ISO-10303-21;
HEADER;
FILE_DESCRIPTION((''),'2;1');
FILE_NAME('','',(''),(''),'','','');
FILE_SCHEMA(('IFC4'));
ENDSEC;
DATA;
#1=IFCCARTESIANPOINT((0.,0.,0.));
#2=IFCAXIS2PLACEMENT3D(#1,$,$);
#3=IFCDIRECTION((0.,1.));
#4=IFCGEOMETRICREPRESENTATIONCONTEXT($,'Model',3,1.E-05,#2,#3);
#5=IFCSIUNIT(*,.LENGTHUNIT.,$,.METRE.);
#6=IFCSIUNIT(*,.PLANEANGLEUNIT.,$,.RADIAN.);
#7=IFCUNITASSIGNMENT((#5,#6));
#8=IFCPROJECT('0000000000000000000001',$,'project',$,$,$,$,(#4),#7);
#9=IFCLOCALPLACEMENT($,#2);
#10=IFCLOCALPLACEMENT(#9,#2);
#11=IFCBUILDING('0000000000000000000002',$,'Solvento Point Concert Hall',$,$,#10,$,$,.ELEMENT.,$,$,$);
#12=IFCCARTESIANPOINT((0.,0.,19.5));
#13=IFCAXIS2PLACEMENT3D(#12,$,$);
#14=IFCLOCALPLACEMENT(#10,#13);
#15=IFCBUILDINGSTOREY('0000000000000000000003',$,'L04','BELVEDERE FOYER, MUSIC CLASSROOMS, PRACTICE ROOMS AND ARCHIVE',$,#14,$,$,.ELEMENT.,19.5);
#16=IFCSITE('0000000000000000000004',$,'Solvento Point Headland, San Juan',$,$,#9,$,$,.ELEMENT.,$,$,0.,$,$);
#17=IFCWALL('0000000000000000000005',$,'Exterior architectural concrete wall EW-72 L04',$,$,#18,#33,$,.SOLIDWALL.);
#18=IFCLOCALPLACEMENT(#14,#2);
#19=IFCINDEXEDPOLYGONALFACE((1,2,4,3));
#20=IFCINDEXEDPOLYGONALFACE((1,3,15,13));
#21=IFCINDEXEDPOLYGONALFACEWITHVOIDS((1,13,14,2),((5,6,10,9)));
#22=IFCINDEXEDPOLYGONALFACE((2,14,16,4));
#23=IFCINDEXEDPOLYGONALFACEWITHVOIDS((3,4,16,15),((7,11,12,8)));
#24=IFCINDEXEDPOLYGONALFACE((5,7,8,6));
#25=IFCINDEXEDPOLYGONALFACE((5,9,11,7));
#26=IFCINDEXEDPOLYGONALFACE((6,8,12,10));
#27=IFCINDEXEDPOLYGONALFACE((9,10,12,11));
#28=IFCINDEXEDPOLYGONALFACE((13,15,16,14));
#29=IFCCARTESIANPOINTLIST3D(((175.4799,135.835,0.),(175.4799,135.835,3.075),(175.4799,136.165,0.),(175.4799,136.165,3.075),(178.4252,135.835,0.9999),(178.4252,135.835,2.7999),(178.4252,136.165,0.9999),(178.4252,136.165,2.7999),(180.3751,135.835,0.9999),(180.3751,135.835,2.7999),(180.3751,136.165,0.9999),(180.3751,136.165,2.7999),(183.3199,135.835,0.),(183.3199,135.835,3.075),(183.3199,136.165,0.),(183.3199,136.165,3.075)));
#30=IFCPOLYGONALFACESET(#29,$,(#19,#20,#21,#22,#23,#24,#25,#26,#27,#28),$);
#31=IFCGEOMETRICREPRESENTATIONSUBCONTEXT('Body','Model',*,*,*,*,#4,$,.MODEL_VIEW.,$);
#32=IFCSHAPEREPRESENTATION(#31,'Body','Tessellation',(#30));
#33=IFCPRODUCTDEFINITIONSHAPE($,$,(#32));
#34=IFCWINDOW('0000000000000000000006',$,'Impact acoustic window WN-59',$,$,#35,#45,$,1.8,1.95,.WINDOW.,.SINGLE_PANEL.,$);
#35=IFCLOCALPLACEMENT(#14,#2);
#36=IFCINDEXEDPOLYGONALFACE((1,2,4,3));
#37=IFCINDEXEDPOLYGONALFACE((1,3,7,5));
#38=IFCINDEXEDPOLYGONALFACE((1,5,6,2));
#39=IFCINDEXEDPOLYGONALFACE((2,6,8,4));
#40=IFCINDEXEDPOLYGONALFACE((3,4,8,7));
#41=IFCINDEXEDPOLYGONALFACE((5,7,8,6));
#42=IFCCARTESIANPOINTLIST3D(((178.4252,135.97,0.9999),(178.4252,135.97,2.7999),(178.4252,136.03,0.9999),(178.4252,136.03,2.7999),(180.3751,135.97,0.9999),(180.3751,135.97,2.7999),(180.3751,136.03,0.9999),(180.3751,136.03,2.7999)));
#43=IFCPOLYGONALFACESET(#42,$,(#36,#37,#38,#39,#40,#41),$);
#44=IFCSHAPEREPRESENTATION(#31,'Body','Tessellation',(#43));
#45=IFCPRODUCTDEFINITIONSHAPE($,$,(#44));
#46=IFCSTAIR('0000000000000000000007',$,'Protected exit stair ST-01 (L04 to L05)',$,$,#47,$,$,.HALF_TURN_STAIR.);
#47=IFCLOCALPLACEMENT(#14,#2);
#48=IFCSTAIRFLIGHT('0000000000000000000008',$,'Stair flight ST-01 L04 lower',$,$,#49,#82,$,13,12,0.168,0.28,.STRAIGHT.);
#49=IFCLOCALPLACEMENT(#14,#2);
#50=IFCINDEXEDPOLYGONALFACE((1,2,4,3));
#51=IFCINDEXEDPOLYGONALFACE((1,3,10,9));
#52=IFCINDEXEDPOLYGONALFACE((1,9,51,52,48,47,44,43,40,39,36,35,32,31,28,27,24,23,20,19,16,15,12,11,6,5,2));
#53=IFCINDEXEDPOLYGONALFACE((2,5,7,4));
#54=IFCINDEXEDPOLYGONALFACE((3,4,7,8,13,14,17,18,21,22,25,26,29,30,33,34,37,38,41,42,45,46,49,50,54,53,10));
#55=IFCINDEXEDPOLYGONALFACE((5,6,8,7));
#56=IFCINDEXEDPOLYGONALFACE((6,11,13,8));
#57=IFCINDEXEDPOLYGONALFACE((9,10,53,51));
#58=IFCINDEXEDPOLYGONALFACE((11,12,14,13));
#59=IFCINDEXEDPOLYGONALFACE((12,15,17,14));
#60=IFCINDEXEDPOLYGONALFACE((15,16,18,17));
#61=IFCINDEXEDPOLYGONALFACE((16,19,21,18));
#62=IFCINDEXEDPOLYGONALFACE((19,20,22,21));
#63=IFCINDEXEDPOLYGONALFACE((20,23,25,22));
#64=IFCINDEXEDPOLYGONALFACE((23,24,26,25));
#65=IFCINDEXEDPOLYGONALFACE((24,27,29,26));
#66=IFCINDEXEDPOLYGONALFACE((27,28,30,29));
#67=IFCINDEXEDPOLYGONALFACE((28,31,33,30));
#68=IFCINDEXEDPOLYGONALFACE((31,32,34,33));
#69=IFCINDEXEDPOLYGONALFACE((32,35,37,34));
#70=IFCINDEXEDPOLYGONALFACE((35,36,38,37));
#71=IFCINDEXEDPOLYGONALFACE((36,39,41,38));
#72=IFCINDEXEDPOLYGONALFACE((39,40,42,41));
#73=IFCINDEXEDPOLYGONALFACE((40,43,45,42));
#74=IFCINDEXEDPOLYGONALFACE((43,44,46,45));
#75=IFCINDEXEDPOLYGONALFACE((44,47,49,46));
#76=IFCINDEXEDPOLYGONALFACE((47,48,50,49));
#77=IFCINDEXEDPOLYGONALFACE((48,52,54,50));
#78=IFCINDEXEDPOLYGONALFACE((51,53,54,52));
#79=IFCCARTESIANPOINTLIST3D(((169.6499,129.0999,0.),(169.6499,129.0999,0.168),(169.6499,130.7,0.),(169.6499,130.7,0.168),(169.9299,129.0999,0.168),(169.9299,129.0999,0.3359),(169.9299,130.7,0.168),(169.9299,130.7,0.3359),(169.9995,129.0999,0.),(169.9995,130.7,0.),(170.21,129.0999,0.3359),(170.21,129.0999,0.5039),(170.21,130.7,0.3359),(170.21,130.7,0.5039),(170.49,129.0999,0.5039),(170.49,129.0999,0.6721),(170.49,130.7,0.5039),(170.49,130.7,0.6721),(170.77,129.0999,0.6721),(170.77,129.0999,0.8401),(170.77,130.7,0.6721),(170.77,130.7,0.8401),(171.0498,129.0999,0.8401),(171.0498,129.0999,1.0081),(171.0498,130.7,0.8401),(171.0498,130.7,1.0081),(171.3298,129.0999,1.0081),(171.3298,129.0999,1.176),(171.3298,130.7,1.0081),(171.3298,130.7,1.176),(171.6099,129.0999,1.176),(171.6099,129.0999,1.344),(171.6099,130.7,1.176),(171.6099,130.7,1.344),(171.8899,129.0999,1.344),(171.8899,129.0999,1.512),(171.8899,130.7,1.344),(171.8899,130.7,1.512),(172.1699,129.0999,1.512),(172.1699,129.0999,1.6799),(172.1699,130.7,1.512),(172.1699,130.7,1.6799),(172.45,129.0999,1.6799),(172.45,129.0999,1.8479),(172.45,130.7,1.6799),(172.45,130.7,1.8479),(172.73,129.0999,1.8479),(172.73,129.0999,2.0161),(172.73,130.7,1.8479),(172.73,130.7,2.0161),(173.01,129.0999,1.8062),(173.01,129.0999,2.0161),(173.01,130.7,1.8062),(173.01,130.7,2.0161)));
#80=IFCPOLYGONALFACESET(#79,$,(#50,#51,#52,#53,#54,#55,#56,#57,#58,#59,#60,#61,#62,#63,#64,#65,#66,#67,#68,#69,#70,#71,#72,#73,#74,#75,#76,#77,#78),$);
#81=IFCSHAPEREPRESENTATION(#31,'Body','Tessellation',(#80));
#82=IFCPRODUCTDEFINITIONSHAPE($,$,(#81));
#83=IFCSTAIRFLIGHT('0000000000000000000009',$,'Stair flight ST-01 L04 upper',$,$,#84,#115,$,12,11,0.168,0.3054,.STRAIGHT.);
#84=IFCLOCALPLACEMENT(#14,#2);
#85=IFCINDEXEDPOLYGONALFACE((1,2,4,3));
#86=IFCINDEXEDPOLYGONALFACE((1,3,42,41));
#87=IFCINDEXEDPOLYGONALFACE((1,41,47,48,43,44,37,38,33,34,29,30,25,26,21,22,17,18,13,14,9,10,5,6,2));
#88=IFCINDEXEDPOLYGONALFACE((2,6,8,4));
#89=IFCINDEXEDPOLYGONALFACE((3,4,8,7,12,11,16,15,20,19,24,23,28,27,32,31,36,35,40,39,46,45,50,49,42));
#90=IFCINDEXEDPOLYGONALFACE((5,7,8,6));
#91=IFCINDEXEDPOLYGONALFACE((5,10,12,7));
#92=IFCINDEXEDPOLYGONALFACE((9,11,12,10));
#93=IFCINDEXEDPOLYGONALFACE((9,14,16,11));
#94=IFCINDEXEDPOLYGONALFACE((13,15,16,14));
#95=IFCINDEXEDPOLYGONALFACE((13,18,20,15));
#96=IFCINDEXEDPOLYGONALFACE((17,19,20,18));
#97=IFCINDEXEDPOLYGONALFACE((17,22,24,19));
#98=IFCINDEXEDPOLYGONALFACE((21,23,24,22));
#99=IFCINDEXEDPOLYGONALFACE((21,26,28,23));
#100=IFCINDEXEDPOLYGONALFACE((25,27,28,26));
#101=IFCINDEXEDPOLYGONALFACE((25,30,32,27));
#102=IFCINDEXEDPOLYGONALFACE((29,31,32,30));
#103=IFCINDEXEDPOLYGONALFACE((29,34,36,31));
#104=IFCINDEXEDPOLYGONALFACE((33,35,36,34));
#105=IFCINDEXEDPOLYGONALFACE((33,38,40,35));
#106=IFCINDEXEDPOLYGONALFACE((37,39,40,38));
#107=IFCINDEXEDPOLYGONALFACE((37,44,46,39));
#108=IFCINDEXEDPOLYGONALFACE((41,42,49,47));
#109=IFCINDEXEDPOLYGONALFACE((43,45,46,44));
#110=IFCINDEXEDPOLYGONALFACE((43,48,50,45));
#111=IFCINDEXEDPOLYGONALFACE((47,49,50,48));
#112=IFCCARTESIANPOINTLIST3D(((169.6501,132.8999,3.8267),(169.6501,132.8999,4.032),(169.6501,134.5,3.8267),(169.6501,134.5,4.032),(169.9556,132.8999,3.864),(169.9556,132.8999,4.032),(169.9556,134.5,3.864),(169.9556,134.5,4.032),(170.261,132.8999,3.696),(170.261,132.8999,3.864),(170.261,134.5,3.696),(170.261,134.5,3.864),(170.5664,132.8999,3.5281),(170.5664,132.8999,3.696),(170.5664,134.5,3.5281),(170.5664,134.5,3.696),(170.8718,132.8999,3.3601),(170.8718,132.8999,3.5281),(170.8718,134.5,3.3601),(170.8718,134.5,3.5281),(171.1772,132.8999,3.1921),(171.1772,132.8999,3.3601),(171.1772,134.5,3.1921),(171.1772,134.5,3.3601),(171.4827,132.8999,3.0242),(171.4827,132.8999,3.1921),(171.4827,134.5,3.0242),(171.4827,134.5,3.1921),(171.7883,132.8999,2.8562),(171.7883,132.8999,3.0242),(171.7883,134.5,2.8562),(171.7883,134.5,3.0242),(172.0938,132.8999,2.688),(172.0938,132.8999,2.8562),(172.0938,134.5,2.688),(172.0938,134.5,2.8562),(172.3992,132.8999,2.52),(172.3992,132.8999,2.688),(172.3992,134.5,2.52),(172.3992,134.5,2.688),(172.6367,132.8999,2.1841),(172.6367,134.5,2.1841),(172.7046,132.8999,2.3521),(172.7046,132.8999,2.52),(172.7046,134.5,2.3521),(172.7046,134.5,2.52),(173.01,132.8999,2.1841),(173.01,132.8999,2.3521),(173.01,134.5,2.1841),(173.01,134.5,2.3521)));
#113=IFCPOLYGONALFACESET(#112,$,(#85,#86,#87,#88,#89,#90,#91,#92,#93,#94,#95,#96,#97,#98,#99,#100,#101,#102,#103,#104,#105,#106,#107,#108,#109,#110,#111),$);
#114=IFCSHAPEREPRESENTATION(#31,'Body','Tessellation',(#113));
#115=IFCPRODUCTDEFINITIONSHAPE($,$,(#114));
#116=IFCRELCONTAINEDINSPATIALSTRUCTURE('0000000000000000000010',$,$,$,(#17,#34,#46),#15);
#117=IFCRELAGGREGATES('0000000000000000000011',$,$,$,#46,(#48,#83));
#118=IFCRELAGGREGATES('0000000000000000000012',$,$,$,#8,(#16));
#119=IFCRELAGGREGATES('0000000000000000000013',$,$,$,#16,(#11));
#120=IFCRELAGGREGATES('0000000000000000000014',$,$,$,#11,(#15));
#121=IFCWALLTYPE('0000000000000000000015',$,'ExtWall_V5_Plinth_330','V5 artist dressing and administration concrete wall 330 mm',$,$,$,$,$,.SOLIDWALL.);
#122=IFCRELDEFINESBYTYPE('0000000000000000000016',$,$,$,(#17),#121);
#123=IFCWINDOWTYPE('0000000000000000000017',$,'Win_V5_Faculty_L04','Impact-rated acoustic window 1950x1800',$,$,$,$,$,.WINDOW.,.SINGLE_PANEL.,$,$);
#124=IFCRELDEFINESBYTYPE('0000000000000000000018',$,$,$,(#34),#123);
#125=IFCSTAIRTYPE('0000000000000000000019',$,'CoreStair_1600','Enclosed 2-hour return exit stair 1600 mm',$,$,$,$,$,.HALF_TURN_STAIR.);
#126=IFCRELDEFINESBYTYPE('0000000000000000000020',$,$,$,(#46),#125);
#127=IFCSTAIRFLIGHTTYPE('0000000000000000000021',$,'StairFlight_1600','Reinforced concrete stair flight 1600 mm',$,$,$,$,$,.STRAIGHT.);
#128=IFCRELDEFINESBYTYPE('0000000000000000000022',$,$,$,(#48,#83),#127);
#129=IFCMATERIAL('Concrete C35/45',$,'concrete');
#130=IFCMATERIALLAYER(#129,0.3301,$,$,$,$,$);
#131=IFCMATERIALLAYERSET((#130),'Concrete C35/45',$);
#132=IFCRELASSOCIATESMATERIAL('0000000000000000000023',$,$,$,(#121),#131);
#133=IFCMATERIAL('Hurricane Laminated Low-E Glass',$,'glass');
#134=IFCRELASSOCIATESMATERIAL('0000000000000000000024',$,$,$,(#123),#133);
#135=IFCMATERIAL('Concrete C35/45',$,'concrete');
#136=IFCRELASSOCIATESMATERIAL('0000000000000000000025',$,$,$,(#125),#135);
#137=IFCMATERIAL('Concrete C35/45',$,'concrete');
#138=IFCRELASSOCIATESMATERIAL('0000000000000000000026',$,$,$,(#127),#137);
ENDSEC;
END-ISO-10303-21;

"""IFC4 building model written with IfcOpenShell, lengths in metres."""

from ifc_helpers import new_model, si_unit, direction, frame, frame_2d, origin, place, context, subcontext, project, spatial, polyline, rectangle, outline, extrude, material, layer, layer_set, type_object, element, fill, aggregate, save


model = new_model("IFC4")

# Units and contexts
model_context = context("Model", 3, precision=1e-05, world=origin(), true_north=direction((0.0, 1.0)))
body_context = subcontext(model_context, "Body", "Model", "MODEL_VIEW")
ifc_project = project(units=[si_unit("LENGTHUNIT", "METRE"), si_unit("PLANEANGLEUNIT", "RADIAN")], contexts=[model_context])

# Site, building, storey
site_placement = place(None, origin())
site = spatial("IfcSite", under=ifc_project, at=site_placement, Name="Solvento Point Headland, San Juan", CompositionType="ELEMENT", RefElevation=0.0)
building_placement = place(site_placement, origin())
building = spatial("IfcBuilding", under=site, at=building_placement, Name="Solvento Point Concert Hall", CompositionType="ELEMENT")
storey_placement = place(building_placement, frame((0.0, 0.0, 19.5)))
storey = spatial("IfcBuildingStorey", under=building, at=storey_placement, Name="L04", Description="BELVEDERE FOYER, MUSIC CLASSROOMS, PRACTICE ROOMS AND ARCHIVE", CompositionType="ELEMENT", Elevation=19.5)

# Wall, opening, window
ifc_material_1 = material(Name="Concrete C35/45", Category="concrete")
ifc_layer_1 = layer(ifc_material_1, 0.3301)
ifc_layer_set_1 = layer_set([ifc_layer_1], Name="Concrete C35/45")
wall_type_1 = type_object("IfcWallType", Name="ExtWall_V5_Plinth_330", Description="V5 artist dressing and administration concrete wall 330 mm", PredefinedType="SOLIDWALL", material=ifc_layer_set_1)
ifc_material_2 = material(Name="Hurricane Laminated Low-E Glass", Category="glass")
window_type = type_object("IfcWindowType", Name="Win_V5_Faculty_L04", Description="Impact-rated acoustic window 1950x1800", PartitioningType="SINGLE_PANEL", PredefinedType="WINDOW", material=ifc_material_2)
wall_1_placement = place(storey_placement, frame((175.48, 136.0, 0.0), z_axis=(0.0, 0.0, 1.0), x_axis=(1.0, 0.0, 0.0)))
wall_1 = element("IfcWall", 1, at=wall_1_placement, inside=storey, type_object=wall_type_1, Name="Exterior architectural concrete wall EW-72 L04", PredefinedType="SOLIDWALL", context=body_context, shape_type="SweptSolid", body=[
    extrude(rectangle(XDim=7.8401, YDim=0.3301, at=frame_2d((3.9199, 0.0))), origin(), (0.0, 0.0, 1.0), 3.075),
])
opening_1_placement = place(wall_1_placement, frame((2.9451, 0.0, 1.0)))
opening_1 = element("IfcOpeningElement", 2, at=opening_1_placement, cuts=wall_1, PredefinedType="OPENING", context=body_context, shape_type="SweptSolid", body=[
    extrude(rectangle(XDim=1.95, YDim=1.8, at=frame_2d((0.9751, 0.8999))), frame((0.0, 0.175, 0.0), z_axis=(0.0, -1.0, 0.0), x_axis=(1.0, 0.0, 0.0)), (0.0, 0.0, 1.0), 0.3501),
])
window_1_placement = place(opening_1_placement, origin())
window_1 = element("IfcWindow", 3, at=window_1_placement, inside=storey, type_object=window_type, Name="Impact acoustic window WN-59", OverallHeight=1.8, OverallWidth=1.95, PartitioningType="SINGLE_PANEL", PredefinedType="WINDOW", context=body_context, shape_type="SweptSolid", body=[
    extrude(rectangle(XDim=1.95, YDim=1.8, at=frame_2d((0.9751, 0.8999))), frame((0.0, 0.03, 0.0), z_axis=(0.0, -1.0, 0.0), x_axis=(1.0, 0.0, 0.0)), (0.0, 0.0, 1.0), 0.0601),
])
fill(opening_1, window_1)

# Stair, stair flights
ifc_material_3 = material(Name="Concrete C35/45", Category="concrete")
stair_type = type_object("IfcStairType", Name="CoreStair_1600", Description="Enclosed 2-hour return exit stair 1600 mm", PredefinedType="HALF_TURN_STAIR", material=ifc_material_3)
stair_placement = place(storey_placement, origin())
stair = element("IfcStair", 4, at=stair_placement, inside=storey, type_object=stair_type, Name="Protected exit stair ST-01 (L04 to L05)", PredefinedType="HALF_TURN_STAIR")
ifc_material_4 = material(Name="Concrete C35/45", Category="concrete")
stair_flight_type = type_object("IfcStairFlightType", Name="StairFlight_1600", Description="Reinforced concrete stair flight 1600 mm", PredefinedType="STRAIGHT", material=ifc_material_4)
stair_flight_1_placement = place(storey_placement, frame((169.6499, 129.8999, 0.0), z_axis=(0.0, 0.0, 1.0), x_axis=(1.0, 0.0, 0.0)))
stair_flight_1 = element("IfcStairFlight", 5, at=stair_flight_1_placement, type_object=stair_flight_type, Name="Stair flight ST-01 L04 lower", NumberOfRisers=13, NumberOfTreads=12, PredefinedType="STRAIGHT", RiserHeight=0.168, TreadLength=0.28, context=body_context, shape_type="SweptSolid", body=[
    extrude(outline(polyline([(0.0, 0.0), (0.0, 0.168), (0.28, 0.168), (0.28, 0.3359), (0.5601, 0.3359), (0.5601, 0.5039), (0.8401, 0.5039), (0.8401, 0.6721), (1.1201, 0.6721), (1.1201, 0.8401), (1.3999, 0.8401), (1.3999, 1.0081), (1.6799, 1.0081), (1.6799, 1.176), (1.96, 1.176), (1.96, 1.344), (2.24, 1.344), (2.24, 1.512), (2.52, 1.512), (2.52, 1.6799), (2.8, 1.6799), (2.8, 1.8479), (3.0801, 1.8479), (3.0801, 2.0161), (3.3601, 2.0161), (3.3601, 2.1841), (3.3601, 1.8062), (0.3496, 0.0), (0.0, 0.0)])), frame((0.0, 0.8, 0.0), z_axis=(0.0, -1.0, 0.0), x_axis=(1.0, 0.0, 0.0)), (0.0, 0.0, 1.0), 1.6001),
])
stair_flight_2_placement = place(storey_placement, frame((173.01, 133.7, 2.1841), z_axis=(0.0, 0.0, 1.0), x_axis=(-1.0, 0.0, 0.0)))
stair_flight_2 = element("IfcStairFlight", 6, at=stair_flight_2_placement, type_object=stair_flight_type, Name="Stair flight ST-01 L04 upper", NumberOfRisers=12, NumberOfTreads=11, PredefinedType="STRAIGHT", RiserHeight=0.168, TreadLength=0.3054, context=body_context, shape_type="SweptSolid", body=[
    extrude(outline(polyline([(0.0, 0.0), (0.0, 0.168), (0.3054, 0.168), (0.3054, 0.3359), (0.6108, 0.3359), (0.6108, 0.5039), (0.9163, 0.5039), (0.9163, 0.6721), (1.2217, 0.6721), (1.2217, 0.8401), (1.5273, 0.8401), (1.5273, 1.0081), (1.8328, 1.0081), (1.8328, 1.176), (2.1382, 1.176), (2.1382, 1.344), (2.4436, 1.344), (2.4436, 1.512), (2.749, 1.512), (2.749, 1.6799), (3.0544, 1.6799), (3.0544, 1.8479), (3.3599, 1.8479), (3.3599, 2.0161), (3.3599, 1.6426), (0.3733, 0.0), (0.0, 0.0)])), frame((0.0, 0.8, 0.0), z_axis=(0.0, -1.0, 0.0), x_axis=(1.0, 0.0, 0.0)), (0.0, 0.0, 1.0), 1.6001),
])
aggregate(stair, [stair_flight_1, stair_flight_2])

save(model, "model.ifc")
